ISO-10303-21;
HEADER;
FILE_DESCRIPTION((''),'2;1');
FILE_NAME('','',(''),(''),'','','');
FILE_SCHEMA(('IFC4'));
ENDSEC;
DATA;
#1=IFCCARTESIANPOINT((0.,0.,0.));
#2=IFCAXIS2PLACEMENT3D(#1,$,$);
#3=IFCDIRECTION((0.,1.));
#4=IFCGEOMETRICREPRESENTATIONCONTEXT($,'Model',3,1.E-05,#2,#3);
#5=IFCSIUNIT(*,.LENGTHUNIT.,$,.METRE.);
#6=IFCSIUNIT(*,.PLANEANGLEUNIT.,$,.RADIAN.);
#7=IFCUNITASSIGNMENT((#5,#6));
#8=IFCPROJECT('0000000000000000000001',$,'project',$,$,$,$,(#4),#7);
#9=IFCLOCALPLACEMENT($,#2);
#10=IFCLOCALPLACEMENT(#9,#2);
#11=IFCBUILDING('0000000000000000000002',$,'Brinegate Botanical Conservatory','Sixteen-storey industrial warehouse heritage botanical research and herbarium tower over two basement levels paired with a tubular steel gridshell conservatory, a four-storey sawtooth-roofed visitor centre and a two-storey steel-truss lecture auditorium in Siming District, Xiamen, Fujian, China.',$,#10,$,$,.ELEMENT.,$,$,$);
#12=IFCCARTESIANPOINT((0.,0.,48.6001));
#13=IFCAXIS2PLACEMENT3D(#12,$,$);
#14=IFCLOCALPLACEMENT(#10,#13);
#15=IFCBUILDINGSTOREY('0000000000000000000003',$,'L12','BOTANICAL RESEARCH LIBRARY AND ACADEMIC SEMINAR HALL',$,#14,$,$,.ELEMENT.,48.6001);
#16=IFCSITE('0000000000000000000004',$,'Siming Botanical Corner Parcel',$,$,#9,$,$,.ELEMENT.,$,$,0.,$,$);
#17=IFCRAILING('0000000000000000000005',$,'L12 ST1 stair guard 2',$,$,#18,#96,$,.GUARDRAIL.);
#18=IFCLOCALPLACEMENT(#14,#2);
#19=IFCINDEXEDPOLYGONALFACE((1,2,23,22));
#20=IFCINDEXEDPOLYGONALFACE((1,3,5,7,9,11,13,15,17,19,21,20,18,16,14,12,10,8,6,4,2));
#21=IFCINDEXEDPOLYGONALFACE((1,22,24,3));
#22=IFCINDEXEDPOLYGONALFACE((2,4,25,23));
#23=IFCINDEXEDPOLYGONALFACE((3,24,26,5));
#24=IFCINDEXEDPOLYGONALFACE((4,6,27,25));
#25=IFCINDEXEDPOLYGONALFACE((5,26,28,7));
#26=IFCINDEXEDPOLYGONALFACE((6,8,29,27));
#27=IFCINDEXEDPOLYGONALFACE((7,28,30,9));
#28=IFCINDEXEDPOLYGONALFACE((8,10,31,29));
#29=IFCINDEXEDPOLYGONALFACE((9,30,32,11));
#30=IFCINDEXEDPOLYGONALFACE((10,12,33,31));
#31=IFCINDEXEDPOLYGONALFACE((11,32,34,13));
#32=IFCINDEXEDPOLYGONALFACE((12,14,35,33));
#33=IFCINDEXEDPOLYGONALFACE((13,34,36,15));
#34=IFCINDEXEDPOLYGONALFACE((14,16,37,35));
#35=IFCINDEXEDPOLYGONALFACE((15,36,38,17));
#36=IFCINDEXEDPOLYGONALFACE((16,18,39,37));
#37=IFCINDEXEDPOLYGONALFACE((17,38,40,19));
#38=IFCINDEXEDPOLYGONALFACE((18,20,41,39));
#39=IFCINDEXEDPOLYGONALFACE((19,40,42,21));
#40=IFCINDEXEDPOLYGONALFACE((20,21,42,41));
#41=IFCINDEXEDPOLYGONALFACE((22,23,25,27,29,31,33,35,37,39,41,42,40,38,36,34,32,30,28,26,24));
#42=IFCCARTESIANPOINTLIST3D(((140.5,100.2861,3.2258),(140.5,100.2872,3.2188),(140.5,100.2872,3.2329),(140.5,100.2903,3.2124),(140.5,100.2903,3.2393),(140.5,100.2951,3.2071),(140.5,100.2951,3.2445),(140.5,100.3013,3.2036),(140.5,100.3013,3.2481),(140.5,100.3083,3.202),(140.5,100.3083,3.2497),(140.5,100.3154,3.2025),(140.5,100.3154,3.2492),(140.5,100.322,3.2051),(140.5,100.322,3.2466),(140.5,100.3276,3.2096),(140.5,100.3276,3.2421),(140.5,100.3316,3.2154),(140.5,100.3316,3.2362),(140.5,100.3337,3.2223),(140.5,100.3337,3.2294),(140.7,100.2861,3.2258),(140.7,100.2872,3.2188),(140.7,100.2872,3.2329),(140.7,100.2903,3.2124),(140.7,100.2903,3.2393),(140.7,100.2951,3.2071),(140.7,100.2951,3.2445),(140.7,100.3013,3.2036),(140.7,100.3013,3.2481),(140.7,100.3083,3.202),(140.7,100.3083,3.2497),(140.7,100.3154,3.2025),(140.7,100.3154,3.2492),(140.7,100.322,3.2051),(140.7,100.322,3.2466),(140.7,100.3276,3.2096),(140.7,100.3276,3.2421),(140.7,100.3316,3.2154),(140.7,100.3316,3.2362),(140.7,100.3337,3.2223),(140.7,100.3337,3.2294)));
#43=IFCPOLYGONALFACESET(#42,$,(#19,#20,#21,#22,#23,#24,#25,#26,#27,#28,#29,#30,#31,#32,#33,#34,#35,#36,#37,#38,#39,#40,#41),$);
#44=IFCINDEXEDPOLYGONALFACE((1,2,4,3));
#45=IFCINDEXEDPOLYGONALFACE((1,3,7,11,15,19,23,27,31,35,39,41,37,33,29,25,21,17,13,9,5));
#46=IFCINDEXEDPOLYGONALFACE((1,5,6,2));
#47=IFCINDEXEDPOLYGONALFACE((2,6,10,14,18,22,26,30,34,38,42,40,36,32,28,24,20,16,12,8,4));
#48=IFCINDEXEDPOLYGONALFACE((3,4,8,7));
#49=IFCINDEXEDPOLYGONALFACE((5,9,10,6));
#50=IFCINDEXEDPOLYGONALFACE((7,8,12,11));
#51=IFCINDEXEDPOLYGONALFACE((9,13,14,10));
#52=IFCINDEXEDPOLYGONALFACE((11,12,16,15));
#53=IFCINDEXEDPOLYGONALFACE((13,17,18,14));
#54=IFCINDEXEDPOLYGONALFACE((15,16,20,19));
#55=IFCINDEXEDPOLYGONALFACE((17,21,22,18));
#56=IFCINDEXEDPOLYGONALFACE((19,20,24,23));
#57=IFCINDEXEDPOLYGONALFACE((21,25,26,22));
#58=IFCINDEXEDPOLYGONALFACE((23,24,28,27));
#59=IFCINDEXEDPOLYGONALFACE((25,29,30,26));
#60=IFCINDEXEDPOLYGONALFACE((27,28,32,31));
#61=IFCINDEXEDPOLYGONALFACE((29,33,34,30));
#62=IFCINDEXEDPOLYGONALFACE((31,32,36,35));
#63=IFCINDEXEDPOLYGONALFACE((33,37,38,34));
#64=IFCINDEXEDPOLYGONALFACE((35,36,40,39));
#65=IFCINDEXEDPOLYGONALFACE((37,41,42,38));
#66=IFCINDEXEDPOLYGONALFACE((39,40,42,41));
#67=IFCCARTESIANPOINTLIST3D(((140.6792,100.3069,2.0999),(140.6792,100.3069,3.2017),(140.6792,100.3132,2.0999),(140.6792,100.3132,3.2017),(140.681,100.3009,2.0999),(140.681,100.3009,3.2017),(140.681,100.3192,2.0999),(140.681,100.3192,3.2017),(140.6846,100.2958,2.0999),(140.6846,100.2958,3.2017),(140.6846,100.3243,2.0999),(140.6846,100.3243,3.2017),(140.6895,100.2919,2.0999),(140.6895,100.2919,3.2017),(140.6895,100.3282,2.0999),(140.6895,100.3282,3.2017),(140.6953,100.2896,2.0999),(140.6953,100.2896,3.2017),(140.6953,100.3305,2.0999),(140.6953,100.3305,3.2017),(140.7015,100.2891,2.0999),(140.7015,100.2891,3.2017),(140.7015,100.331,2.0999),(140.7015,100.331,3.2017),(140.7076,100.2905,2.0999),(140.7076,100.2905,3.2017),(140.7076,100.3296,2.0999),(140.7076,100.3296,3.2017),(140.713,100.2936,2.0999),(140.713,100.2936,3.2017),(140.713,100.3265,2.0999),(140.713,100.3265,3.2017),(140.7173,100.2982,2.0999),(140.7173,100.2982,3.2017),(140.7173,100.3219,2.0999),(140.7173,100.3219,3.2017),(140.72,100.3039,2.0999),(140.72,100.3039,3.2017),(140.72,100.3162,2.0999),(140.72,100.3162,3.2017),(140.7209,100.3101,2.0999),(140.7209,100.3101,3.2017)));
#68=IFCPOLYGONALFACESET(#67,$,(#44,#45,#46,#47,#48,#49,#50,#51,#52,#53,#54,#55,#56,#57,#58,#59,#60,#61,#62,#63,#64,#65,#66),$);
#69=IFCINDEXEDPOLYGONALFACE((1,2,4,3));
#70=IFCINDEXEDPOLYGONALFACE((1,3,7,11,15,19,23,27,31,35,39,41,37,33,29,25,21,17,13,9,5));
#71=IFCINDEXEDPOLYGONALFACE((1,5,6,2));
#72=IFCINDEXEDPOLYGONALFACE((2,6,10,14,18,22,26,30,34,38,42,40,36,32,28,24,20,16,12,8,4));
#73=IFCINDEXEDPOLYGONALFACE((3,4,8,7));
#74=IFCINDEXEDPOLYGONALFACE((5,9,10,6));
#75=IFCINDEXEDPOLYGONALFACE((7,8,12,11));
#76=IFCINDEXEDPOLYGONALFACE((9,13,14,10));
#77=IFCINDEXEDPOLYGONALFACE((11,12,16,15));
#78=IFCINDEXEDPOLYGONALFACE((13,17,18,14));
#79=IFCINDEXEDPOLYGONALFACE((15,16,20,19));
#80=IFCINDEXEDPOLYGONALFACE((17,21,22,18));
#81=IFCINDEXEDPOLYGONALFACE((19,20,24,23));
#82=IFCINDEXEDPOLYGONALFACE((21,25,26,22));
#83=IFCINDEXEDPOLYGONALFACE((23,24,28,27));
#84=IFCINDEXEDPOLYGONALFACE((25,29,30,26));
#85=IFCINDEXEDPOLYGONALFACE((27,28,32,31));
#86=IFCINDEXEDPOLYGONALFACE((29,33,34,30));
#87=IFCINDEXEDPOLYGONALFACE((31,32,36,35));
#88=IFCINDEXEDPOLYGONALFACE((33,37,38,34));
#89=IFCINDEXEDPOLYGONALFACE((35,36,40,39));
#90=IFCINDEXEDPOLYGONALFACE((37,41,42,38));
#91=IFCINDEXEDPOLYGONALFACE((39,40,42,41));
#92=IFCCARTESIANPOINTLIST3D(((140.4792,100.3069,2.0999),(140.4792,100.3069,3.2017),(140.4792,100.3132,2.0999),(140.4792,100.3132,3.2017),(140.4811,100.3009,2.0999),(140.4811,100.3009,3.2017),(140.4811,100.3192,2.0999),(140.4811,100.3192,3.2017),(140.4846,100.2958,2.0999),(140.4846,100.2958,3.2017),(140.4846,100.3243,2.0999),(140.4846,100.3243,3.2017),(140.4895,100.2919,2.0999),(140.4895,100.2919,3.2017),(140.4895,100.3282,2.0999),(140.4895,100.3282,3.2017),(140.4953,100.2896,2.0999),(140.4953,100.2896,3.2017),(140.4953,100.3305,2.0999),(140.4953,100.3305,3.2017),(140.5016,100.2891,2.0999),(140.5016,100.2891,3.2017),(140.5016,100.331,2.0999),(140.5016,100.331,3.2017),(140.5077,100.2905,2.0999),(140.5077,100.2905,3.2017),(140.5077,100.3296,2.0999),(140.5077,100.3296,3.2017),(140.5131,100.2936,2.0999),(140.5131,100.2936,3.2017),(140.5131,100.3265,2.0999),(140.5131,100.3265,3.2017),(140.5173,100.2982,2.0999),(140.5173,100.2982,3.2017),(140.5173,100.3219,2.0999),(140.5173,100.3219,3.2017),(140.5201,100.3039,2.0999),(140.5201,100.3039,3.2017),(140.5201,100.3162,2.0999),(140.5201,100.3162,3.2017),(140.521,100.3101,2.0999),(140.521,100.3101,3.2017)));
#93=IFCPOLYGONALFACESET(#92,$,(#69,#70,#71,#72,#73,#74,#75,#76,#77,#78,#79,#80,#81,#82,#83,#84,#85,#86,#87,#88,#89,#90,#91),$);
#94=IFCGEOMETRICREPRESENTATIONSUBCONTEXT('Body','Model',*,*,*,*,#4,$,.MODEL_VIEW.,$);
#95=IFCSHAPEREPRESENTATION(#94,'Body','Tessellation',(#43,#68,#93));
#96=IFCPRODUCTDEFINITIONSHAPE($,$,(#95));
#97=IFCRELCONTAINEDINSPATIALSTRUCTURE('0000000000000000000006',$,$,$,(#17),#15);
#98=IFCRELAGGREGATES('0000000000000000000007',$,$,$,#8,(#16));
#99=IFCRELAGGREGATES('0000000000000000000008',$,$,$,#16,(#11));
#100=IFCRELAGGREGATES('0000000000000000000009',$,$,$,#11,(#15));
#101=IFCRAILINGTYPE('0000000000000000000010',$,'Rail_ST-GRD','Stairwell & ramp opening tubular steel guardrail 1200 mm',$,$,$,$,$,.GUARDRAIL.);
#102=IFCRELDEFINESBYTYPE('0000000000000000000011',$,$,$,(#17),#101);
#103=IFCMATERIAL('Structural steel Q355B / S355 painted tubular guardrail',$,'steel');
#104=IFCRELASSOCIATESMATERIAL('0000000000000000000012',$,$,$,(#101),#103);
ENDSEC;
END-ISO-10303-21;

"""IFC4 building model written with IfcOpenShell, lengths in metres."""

from ifc_helpers import new_model, si_unit, direction, frame, origin, origin_2d, place, context, subcontext, project, spatial, circle, extrude, material, type_object, element, save


model = new_model("IFC4")

# Units and contexts
model_context = context("Model", 3, precision=1e-05, world=origin(), true_north=direction((0.0, 1.0)))
body_context = subcontext(model_context, "Body", "Model", "MODEL_VIEW")
ifc_project = project(units=[si_unit("LENGTHUNIT", "METRE"), si_unit("PLANEANGLEUNIT", "RADIAN")], contexts=[model_context])

# Site, building, storey
site_placement = place(None, origin())
site = spatial("IfcSite", under=ifc_project, at=site_placement, Name="Siming Botanical Corner Parcel", CompositionType="ELEMENT", RefElevation=0.0)
building_placement = place(site_placement, origin())
building = spatial("IfcBuilding", under=site, at=building_placement, Name="Brinegate Botanical Conservatory", Description="Sixteen-storey industrial warehouse heritage botanical research and herbarium tower over two basement levels paired with a tubular steel gridshell conservatory, a four-storey sawtooth-roofed visitor centre and a two-storey steel-truss lecture auditorium in Siming District, Xiamen, Fujian, China.", CompositionType="ELEMENT")
storey_placement = place(building_placement, frame((0.0, 0.0, 48.6001)))
storey = spatial("IfcBuildingStorey", under=building, at=storey_placement, Name="L12", Description="BOTANICAL RESEARCH LIBRARY AND ACADEMIC SEMINAR HALL", CompositionType="ELEMENT", Elevation=48.6001)

# Railing
ifc_material_1 = material(Name="Structural steel Q355B / S355 painted tubular guardrail", Category="steel")
railing_type_1 = type_object("IfcRailingType", Name="Rail_ST-GRD", Description="Stairwell & ramp opening tubular steel guardrail 1200 mm", PredefinedType="GUARDRAIL", material=ifc_material_1)
railing_1_placement = place(storey_placement, frame((140.7, 100.3101, 2.0999)))
element("IfcRailing", 1, at=railing_1_placement, inside=storey, type_object=railing_type_1, Name="L12 ST1 stair guard 2", PredefinedType="GUARDRAIL", context=body_context, shape_type="SweptSolid", body=[
    extrude(circle(Radius=0.0239, at=origin_2d()), frame((0.0, 0.0, 1.126), z_axis=(-1.0, 0.0, 0.0), x_axis=(0.0, -1.0, 0.0)), (0.0, 0.0, 1.0), 0.2),
    extrude(circle(Radius=0.021, at=origin_2d()), origin(), (0.0, 0.0, 1.0), 1.1018),
    extrude(circle(Radius=0.021, at=origin_2d()), frame((-0.2, 0.0, 0.0)), (0.0, 0.0, 1.0), 1.1018),
])

save(model, "model.ifc")
